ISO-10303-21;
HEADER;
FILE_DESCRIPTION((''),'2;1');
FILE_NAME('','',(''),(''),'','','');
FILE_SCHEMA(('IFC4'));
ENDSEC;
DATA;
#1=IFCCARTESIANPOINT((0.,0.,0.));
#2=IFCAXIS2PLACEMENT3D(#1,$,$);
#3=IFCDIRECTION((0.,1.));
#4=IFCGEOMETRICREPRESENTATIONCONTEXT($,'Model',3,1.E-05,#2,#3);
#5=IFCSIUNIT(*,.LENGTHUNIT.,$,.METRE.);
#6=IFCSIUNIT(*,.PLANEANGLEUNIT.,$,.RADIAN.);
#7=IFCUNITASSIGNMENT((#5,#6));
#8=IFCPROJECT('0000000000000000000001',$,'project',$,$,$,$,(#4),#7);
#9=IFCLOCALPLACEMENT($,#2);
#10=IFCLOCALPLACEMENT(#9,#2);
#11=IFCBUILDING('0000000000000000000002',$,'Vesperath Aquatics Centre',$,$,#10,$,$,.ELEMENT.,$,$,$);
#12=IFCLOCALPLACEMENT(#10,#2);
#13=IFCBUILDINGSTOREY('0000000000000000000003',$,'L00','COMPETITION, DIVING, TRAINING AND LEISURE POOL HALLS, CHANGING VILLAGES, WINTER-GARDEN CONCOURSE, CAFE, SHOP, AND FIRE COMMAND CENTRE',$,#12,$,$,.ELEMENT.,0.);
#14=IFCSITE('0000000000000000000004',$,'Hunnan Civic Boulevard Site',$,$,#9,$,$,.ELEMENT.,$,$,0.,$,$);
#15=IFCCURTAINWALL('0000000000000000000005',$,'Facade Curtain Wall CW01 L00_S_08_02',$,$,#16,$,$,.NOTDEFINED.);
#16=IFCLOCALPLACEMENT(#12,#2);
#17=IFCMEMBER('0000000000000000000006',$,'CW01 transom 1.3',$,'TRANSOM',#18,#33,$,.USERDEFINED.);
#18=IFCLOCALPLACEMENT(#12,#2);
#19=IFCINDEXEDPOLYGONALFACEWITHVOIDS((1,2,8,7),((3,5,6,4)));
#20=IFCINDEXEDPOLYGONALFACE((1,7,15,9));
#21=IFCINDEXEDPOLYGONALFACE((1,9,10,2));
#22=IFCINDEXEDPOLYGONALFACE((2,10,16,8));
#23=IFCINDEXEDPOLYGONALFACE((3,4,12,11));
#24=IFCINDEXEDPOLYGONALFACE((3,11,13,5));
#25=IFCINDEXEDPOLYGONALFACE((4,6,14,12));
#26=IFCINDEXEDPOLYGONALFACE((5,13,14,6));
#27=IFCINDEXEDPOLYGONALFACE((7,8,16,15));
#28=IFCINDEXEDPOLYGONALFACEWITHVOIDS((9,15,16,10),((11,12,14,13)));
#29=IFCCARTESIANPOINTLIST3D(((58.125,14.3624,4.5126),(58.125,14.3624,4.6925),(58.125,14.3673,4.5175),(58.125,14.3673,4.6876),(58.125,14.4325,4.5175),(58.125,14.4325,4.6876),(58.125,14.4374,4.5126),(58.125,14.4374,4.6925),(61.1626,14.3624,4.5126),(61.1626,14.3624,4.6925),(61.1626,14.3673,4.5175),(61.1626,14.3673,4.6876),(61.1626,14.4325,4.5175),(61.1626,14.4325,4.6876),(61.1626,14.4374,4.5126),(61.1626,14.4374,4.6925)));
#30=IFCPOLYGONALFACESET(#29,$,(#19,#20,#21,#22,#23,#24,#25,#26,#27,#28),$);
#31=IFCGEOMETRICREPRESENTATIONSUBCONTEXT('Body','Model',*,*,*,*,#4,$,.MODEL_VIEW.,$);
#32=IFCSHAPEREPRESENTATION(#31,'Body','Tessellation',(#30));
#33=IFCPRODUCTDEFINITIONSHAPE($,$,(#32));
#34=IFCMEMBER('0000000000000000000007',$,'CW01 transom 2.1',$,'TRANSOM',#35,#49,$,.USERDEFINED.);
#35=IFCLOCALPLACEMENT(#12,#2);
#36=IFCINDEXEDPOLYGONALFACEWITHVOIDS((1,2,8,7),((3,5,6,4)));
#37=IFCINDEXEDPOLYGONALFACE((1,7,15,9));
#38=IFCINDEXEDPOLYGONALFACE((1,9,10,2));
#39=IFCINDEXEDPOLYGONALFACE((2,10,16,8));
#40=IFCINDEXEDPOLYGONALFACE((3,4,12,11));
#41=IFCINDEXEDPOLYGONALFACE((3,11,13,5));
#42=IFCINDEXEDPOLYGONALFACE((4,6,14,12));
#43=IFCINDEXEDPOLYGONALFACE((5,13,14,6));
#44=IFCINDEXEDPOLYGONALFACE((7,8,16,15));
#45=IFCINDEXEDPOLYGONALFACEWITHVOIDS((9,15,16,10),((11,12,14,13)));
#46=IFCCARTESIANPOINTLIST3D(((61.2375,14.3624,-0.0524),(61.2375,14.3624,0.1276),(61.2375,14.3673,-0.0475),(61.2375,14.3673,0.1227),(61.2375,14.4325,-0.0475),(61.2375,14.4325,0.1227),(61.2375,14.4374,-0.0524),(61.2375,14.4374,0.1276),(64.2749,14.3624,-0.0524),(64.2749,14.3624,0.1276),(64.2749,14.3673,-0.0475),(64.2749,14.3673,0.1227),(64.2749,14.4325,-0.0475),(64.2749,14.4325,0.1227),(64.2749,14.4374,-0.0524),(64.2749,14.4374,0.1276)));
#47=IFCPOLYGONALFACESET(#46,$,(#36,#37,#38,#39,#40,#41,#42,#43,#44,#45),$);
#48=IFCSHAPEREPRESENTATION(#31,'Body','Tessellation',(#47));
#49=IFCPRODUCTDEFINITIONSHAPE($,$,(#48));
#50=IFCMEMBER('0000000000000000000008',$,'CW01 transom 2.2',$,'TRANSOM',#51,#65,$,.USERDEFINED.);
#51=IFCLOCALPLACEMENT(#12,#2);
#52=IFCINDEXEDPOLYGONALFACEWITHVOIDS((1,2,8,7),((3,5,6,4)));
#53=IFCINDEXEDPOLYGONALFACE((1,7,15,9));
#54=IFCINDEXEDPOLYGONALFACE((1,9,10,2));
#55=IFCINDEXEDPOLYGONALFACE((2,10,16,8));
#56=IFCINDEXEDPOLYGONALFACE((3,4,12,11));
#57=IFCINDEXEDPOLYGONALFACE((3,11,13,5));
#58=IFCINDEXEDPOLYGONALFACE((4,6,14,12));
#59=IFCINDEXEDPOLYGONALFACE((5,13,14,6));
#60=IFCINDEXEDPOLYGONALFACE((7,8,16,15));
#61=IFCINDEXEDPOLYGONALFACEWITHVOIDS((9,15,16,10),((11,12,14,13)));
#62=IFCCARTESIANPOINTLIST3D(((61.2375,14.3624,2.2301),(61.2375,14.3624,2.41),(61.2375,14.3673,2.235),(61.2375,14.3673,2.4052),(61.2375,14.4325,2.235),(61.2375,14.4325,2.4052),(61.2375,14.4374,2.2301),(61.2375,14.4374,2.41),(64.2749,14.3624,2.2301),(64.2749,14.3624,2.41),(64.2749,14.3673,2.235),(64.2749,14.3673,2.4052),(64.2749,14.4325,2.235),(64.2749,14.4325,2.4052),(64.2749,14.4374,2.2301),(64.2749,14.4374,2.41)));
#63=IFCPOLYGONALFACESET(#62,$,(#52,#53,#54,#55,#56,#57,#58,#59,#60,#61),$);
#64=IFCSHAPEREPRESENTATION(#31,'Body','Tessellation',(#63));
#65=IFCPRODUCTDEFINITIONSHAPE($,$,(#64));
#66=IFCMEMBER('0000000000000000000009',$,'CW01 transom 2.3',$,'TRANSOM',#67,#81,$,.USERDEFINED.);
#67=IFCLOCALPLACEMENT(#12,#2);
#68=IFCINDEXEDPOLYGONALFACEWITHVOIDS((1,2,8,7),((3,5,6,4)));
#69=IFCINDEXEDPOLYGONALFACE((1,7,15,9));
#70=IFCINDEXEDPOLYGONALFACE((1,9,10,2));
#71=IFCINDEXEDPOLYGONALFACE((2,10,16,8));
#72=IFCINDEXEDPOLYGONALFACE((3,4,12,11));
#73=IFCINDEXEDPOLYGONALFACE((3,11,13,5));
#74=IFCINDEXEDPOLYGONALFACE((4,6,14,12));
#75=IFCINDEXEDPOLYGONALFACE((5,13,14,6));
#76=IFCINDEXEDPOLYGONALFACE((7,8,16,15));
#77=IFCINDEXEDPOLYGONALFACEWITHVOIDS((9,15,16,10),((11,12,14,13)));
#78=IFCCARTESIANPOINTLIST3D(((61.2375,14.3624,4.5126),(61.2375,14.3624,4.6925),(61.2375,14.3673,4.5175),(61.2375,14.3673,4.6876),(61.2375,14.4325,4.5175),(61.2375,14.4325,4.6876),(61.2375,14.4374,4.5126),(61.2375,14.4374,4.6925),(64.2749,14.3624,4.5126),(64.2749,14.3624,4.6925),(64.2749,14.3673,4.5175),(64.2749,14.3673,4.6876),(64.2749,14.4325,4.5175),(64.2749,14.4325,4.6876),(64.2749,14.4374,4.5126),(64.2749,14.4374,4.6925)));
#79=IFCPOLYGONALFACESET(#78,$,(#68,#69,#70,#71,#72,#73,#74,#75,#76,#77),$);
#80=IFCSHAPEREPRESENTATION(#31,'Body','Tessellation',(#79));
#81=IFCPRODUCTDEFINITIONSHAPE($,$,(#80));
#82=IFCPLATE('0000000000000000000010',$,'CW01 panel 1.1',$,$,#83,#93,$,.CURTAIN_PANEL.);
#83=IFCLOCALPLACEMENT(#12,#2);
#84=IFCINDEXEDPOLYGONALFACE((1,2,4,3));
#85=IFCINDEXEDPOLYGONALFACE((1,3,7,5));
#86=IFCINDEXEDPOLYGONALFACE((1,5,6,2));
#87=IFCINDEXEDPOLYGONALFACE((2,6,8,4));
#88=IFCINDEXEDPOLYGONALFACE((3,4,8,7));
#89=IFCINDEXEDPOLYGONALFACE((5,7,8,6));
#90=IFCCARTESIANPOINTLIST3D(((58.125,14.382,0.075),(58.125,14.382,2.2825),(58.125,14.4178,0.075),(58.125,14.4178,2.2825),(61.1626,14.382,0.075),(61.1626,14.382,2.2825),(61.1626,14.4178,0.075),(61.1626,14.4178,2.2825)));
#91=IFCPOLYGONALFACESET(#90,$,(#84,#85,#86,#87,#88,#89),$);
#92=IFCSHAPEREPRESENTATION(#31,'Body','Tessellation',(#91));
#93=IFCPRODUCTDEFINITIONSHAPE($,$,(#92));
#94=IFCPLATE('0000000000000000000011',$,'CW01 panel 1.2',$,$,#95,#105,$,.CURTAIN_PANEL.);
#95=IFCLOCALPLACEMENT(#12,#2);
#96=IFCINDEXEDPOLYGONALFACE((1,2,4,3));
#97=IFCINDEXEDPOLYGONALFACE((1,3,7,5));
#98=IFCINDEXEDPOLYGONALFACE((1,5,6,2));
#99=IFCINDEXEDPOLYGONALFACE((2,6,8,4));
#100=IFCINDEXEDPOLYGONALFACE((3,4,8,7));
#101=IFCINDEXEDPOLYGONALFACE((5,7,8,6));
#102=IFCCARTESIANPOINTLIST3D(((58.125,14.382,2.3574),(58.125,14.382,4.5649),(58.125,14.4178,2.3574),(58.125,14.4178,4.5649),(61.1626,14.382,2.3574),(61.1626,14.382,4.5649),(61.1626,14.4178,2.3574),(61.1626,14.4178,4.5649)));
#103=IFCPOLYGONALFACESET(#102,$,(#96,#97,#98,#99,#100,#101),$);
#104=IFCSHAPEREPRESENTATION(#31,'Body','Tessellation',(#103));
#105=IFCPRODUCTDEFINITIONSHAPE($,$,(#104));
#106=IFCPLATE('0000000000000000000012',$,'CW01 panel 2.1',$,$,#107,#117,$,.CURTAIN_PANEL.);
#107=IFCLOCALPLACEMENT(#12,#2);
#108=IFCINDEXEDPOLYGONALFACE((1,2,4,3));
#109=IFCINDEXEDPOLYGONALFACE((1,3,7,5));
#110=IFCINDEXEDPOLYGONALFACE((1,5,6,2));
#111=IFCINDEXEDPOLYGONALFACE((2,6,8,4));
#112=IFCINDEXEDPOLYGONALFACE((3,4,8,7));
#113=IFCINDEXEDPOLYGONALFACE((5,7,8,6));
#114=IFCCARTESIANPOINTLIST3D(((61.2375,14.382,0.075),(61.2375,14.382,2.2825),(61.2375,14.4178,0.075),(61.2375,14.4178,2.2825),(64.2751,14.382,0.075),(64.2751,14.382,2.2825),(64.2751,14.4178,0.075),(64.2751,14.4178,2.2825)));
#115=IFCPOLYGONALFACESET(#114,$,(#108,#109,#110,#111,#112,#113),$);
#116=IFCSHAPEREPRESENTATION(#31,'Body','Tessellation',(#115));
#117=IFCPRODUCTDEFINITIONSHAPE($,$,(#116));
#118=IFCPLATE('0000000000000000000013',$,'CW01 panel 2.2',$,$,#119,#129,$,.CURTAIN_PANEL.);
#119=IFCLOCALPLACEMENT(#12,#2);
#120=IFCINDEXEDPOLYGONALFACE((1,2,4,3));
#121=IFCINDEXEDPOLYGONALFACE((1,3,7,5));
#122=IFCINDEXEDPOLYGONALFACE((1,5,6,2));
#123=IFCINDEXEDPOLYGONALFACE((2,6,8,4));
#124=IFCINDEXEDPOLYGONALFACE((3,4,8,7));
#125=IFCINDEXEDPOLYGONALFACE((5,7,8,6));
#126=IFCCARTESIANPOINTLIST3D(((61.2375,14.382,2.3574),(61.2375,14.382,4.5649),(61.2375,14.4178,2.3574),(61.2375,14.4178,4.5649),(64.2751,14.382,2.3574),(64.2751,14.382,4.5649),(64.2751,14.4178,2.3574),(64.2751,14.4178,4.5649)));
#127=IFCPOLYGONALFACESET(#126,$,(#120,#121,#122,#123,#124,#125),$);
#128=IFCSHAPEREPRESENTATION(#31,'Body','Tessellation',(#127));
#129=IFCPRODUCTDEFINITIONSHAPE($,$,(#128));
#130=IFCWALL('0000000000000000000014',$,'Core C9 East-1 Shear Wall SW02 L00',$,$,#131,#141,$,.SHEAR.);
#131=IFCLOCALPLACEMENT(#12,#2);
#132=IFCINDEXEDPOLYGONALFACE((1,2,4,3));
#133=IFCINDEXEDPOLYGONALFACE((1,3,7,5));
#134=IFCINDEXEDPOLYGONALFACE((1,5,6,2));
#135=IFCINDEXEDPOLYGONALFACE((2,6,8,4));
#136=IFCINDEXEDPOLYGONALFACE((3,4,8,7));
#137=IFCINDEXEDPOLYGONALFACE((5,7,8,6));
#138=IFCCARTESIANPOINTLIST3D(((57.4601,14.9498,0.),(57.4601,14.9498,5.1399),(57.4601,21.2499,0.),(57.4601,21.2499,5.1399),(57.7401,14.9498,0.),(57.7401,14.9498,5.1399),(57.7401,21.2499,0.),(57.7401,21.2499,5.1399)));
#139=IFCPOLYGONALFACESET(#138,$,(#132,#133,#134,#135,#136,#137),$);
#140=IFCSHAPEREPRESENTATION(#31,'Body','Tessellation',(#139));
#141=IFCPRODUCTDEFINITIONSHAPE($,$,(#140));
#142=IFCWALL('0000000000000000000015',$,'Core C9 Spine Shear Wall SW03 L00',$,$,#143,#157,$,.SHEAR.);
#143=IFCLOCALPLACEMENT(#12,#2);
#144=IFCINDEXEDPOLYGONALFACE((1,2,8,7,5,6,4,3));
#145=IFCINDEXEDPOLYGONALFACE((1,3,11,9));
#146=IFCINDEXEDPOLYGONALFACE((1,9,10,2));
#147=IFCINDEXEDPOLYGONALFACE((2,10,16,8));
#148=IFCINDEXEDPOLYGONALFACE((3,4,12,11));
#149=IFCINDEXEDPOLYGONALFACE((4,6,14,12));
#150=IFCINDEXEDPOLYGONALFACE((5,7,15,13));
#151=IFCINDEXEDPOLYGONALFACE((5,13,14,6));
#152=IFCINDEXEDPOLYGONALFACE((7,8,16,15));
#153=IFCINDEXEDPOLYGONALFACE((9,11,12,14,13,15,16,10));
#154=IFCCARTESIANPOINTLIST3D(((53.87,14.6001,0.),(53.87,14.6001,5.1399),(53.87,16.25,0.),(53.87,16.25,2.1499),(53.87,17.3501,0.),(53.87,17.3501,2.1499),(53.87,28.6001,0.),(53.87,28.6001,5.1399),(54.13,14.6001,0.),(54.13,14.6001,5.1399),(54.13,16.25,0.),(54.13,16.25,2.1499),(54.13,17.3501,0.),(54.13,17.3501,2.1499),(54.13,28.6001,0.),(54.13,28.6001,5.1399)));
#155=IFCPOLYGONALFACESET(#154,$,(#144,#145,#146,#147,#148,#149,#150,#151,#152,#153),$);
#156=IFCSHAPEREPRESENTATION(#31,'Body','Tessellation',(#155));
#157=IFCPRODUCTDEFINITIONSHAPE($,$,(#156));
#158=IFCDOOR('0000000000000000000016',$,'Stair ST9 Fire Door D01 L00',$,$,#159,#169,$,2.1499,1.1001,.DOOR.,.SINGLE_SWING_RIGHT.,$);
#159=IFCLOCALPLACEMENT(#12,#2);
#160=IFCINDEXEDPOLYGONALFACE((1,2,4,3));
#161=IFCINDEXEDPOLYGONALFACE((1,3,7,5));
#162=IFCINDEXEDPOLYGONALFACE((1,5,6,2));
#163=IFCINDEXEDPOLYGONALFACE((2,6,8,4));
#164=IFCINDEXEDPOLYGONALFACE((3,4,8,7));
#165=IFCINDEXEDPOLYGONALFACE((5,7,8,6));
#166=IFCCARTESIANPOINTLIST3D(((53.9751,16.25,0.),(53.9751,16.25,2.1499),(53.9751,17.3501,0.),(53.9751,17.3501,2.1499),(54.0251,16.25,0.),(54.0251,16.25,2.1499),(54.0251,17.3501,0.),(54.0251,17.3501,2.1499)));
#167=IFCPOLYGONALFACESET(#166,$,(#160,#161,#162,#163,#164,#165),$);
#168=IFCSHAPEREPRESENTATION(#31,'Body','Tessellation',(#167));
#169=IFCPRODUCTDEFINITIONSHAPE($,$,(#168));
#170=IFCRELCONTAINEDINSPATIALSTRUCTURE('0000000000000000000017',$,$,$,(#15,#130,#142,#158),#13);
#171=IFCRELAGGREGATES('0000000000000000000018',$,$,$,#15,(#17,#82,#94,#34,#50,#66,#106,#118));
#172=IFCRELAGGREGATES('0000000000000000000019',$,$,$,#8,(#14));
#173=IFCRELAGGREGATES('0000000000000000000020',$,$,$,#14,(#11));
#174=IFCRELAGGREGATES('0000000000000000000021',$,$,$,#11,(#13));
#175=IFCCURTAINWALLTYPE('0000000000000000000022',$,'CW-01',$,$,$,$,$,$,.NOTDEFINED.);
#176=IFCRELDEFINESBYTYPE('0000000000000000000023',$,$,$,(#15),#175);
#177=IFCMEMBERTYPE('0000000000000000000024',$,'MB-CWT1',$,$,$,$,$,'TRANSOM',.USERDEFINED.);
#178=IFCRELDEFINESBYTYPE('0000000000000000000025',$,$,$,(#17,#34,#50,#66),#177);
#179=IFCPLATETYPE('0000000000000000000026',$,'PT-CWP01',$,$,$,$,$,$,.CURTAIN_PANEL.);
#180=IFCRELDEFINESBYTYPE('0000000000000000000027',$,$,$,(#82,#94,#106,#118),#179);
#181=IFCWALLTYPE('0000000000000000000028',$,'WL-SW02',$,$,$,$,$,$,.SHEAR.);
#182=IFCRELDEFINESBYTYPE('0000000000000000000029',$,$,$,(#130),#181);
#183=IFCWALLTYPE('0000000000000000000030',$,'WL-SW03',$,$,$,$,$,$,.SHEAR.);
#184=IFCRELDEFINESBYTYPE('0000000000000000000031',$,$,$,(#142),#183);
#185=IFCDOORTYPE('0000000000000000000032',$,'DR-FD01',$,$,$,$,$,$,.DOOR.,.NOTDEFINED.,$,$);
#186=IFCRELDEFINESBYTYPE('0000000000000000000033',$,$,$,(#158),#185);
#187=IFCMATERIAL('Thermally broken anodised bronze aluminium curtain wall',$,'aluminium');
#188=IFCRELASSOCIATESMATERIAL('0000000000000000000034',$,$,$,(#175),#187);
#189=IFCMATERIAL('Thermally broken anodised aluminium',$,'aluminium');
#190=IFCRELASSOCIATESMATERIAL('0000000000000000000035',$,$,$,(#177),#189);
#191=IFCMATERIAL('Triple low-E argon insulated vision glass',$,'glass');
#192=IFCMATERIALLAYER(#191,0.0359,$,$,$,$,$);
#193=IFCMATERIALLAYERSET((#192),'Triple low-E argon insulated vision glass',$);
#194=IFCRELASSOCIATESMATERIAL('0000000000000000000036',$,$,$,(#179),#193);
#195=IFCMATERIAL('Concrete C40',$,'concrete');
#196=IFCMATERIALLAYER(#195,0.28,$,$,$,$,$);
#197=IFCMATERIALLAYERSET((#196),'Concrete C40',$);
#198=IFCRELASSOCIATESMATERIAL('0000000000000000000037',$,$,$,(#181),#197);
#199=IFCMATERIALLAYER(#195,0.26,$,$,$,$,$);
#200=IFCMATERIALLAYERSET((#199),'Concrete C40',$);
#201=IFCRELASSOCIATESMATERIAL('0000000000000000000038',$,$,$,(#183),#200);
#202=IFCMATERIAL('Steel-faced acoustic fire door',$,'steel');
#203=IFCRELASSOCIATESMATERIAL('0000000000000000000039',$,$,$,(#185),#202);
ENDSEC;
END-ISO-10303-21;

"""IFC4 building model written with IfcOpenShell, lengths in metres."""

from ifc_helpers import new_model, si_unit, direction, frame, frame_2d, origin, origin_2d, place, context, subcontext, project, spatial, rectangle, hollow_rectangle, extrude, material, layer, layer_set, material_profile, profile_set, type_object, element, fill, aggregate, save


model = new_model("IFC4")

# Units and contexts
model_context = context("Model", 3, precision=1e-05, world=origin(), true_north=direction((0.0, 1.0)))
body_context = subcontext(model_context, "Body", "Model", "MODEL_VIEW")
ifc_project = project(units=[si_unit("LENGTHUNIT", "METRE"), si_unit("PLANEANGLEUNIT", "RADIAN")], contexts=[model_context])

# Site, building, storey
site_placement = place(None, origin())
site = spatial("IfcSite", under=ifc_project, at=site_placement, Name="Hunnan Civic Boulevard Site", CompositionType="ELEMENT", RefElevation=0.0)
building_placement = place(site_placement, origin())
building = spatial("IfcBuilding", under=site, at=building_placement, Name="Vesperath Aquatics Centre", CompositionType="ELEMENT")
storey_placement = place(building_placement, origin())
storey = spatial("IfcBuildingStorey", under=building, at=storey_placement, Name="L00", Description="COMPETITION, DIVING, TRAINING AND LEISURE POOL HALLS, CHANGING VILLAGES, WINTER-GARDEN CONCOURSE, CAFE, SHOP, AND FIRE COMMAND CENTRE", CompositionType="ELEMENT", Elevation=0.0)

# Shared definitions
ifc_material_1 = material(Name="Concrete C40", Category="concrete")

# Curtain wall, members, plates
ifc_material_2 = material(Name="Thermally broken anodised bronze aluminium curtain wall", Category="aluminium")
curtain_wall_type = type_object("IfcCurtainWallType", Name="CW-01", PredefinedType="NOTDEFINED", material=ifc_material_2)
curtain_wall_placement = place(storey_placement, origin())
curtain_wall = element("IfcCurtainWall", 1, at=curtain_wall_placement, inside=storey, type_object=curtain_wall_type, Name="Facade Curtain Wall CW01 L00_S_08_02", PredefinedType="NOTDEFINED")
ifc_material_3 = material(Name="Thermally broken anodised aluminium", Category="aluminium")
ifc_material_profile_1 = material_profile(ifc_material_3, hollow_rectangle(XDim=0.075, YDim=0.1799, WallThickness=0.0049, at=origin_2d()), Name="CWT 75x180x5")
ifc_profile_set_1 = profile_set([ifc_material_profile_1], Name="Thermally broken anodised aluminium")
member_type_1 = type_object("IfcMemberType", Name="MB-CWT1", ElementType="TRANSOM", PredefinedType="USERDEFINED", material=ifc_profile_set_1)
member_1_placement = place(storey_placement, frame((58.125, 14.3999, 4.6025), z_axis=(1.0, 0.0, 0.0), x_axis=(0.0, 1.0, 0.0)))
member_1 = element("IfcMember", 2, at=member_1_placement, type_object=member_type_1, Name="CW01 transom 1.3", ObjectType="TRANSOM", PredefinedType="USERDEFINED", context=body_context, shape_type="SweptSolid", body=[
    extrude(hollow_rectangle(XDim=0.075, YDim=0.1799, WallThickness=0.0049, at=origin_2d()), origin(), (0.0, 0.0, 1.0), 3.0376),
])
member_2_placement = place(storey_placement, frame((61.2375, 14.3999, 0.0376), z_axis=(1.0, 0.0, 0.0), x_axis=(0.0, 1.0, 0.0)))
member_2 = element("IfcMember", 3, at=member_2_placement, type_object=member_type_1, Name="CW01 transom 2.1", ObjectType="TRANSOM", PredefinedType="USERDEFINED", context=body_context, shape_type="SweptSolid", body=[
    extrude(hollow_rectangle(XDim=0.075, YDim=0.1799, WallThickness=0.0049, at=origin_2d()), origin(), (0.0, 0.0, 1.0), 3.0374),
])
member_3_placement = place(storey_placement, frame((61.2375, 14.3999, 2.3201), z_axis=(1.0, 0.0, 0.0), x_axis=(0.0, 1.0, 0.0)))
member_3 = element("IfcMember", 4, at=member_3_placement, type_object=member_type_1, Name="CW01 transom 2.2", ObjectType="TRANSOM", PredefinedType="USERDEFINED", context=body_context, shape_type="SweptSolid", body=[
    extrude(hollow_rectangle(XDim=0.075, YDim=0.1799, WallThickness=0.0049, at=origin_2d()), origin(), (0.0, 0.0, 1.0), 3.0374),
])
member_4_placement = place(storey_placement, frame((61.2375, 14.3999, 4.6025), z_axis=(1.0, 0.0, 0.0), x_axis=(0.0, 1.0, 0.0)))
member_4 = element("IfcMember", 5, at=member_4_placement, type_object=member_type_1, Name="CW01 transom 2.3", ObjectType="TRANSOM", PredefinedType="USERDEFINED", context=body_context, shape_type="SweptSolid", body=[
    extrude(hollow_rectangle(XDim=0.075, YDim=0.1799, WallThickness=0.0049, at=origin_2d()), origin(), (0.0, 0.0, 1.0), 3.0374),
])
ifc_material_4 = material(Name="Triple low-E argon insulated vision glass", Category="glass")
ifc_layer_1 = layer(ifc_material_4, 0.0359)
ifc_layer_set_1 = layer_set([ifc_layer_1], Name="Triple low-E argon insulated vision glass")
plate_type = type_object("IfcPlateType", Name="PT-CWP01", PredefinedType="CURTAIN_PANEL", material=ifc_layer_set_1)
plate_1_placement = place(storey_placement, frame((59.6438, 14.3999, 0.075), z_axis=(0.0, 0.0, 1.0), x_axis=(1.0, 0.0, 0.0)))
plate_1 = element("IfcPlate", 6, at=plate_1_placement, type_object=plate_type, Name="CW01 panel 1.1", PredefinedType="CURTAIN_PANEL", context=body_context, shape_type="SweptSolid", body=[
    extrude(rectangle(XDim=3.0376, YDim=0.0359, at=origin_2d()), origin(), (0.0, 0.0, 1.0), 2.2075),
])
plate_2_placement = place(storey_placement, frame((59.6438, 14.3999, 2.3574), z_axis=(0.0, 0.0, 1.0), x_axis=(1.0, 0.0, 0.0)))
plate_2 = element("IfcPlate", 7, at=plate_2_placement, type_object=plate_type, Name="CW01 panel 1.2", PredefinedType="CURTAIN_PANEL", context=body_context, shape_type="SweptSolid", body=[
    extrude(rectangle(XDim=3.0376, YDim=0.0359, at=origin_2d()), origin(), (0.0, 0.0, 1.0), 2.2075),
])
plate_3_placement = place(storey_placement, frame((62.7563, 14.3999, 0.075), z_axis=(0.0, 0.0, 1.0), x_axis=(1.0, 0.0, 0.0)))
plate_3 = element("IfcPlate", 8, at=plate_3_placement, type_object=plate_type, Name="CW01 panel 2.1", PredefinedType="CURTAIN_PANEL", context=body_context, shape_type="SweptSolid", body=[
    extrude(rectangle(XDim=3.0376, YDim=0.0359, at=origin_2d()), origin(), (0.0, 0.0, 1.0), 2.2075),
])
plate_4_placement = place(storey_placement, frame((62.7563, 14.3999, 2.3574), z_axis=(0.0, 0.0, 1.0), x_axis=(1.0, 0.0, 0.0)))
plate_4 = element("IfcPlate", 9, at=plate_4_placement, type_object=plate_type, Name="CW01 panel 2.2", PredefinedType="CURTAIN_PANEL", context=body_context, shape_type="SweptSolid", body=[
    extrude(rectangle(XDim=3.0376, YDim=0.0359, at=origin_2d()), origin(), (0.0, 0.0, 1.0), 2.2075),
])
aggregate(curtain_wall, [member_1, plate_1, plate_2, member_2, member_3, member_4, plate_3, plate_4])

# Wall
ifc_layer_2 = layer(ifc_material_1, 0.28)
ifc_layer_set_2 = layer_set([ifc_layer_2], Name="Concrete C40")
wall_type_1 = type_object("IfcWallType", Name="WL-SW02", PredefinedType="SHEAR", material=ifc_layer_set_2)
wall_1_placement = place(storey_placement, frame((57.6001, 14.95, 0.0), z_axis=(0.0, 0.0, 1.0), x_axis=(0.0, 1.0, 0.0)))
element("IfcWall", 10, at=wall_1_placement, inside=storey, type_object=wall_type_1, Name="Core C9 East-1 Shear Wall SW02 L00", PredefinedType="SHEAR", context=body_context, shape_type="SweptSolid", body=[
    extrude(rectangle(XDim=6.3, YDim=0.28, at=frame_2d((3.1499, 0.0))), origin(), (0.0, 0.0, 1.0), 5.1399),
])

# Wall, opening, door
ifc_layer_3 = layer(ifc_material_1, 0.26)
ifc_layer_set_3 = layer_set([ifc_layer_3], Name="Concrete C40")
wall_type_2 = type_object("IfcWallType", Name="WL-SW03", PredefinedType="SHEAR", material=ifc_layer_set_3)
wall_2_placement = place(storey_placement, frame((54.0, 14.6001, 0.0), z_axis=(0.0, 0.0, 1.0), x_axis=(0.0, 1.0, 0.0)))
wall_2 = element("IfcWall", 11, at=wall_2_placement, inside=storey, type_object=wall_type_2, Name="Core C9 Spine Shear Wall SW03 L00", PredefinedType="SHEAR", context=body_context, shape_type="SweptSolid", body=[
    extrude(rectangle(XDim=14.0, YDim=0.26, at=frame_2d((7.0, 0.0))), origin(), (0.0, 0.0, 1.0), 5.1399),
])
opening_1_placement = place(wall_2_placement, frame((1.6499, 0.0, 0.0)))
opening_1 = element("IfcOpeningElement", 12, at=opening_1_placement, cuts=wall_2, PredefinedType="OPENING", context=body_context, shape_type="SweptSolid", body=[
    extrude(rectangle(XDim=1.1001, YDim=2.1499, at=frame_2d((0.55, 1.075))), frame((0.0, 0.145, 0.0), z_axis=(0.0, -1.0, 0.0), x_axis=(1.0, 0.0, 0.0)), (0.0, 0.0, 1.0), 0.2898),
])
ifc_material_5 = material(Name="Steel-faced acoustic fire door", Category="steel")
door_type_1 = type_object("IfcDoorType", Name="DR-FD01", OperationType="NOTDEFINED", PredefinedType="DOOR", material=ifc_material_5)
door_1_placement = place(opening_1_placement, origin())
door_1 = element("IfcDoor", 13, at=door_1_placement, inside=storey, type_object=door_type_1, Name="Stair ST9 Fire Door D01 L00", OperationType="SINGLE_SWING_RIGHT", OverallHeight=2.1499, OverallWidth=1.1001, PredefinedType="DOOR", context=body_context, shape_type="SweptSolid", body=[
    extrude(rectangle(XDim=1.1001, YDim=2.1499, at=frame_2d((0.55, 1.075))), frame((0.0, 0.0249, 0.0), z_axis=(0.0, -1.0, 0.0), x_axis=(1.0, 0.0, 0.0)), (0.0, 0.0, 1.0), 0.05),
])
fill(opening_1, door_1)

save(model, "model.ifc")
